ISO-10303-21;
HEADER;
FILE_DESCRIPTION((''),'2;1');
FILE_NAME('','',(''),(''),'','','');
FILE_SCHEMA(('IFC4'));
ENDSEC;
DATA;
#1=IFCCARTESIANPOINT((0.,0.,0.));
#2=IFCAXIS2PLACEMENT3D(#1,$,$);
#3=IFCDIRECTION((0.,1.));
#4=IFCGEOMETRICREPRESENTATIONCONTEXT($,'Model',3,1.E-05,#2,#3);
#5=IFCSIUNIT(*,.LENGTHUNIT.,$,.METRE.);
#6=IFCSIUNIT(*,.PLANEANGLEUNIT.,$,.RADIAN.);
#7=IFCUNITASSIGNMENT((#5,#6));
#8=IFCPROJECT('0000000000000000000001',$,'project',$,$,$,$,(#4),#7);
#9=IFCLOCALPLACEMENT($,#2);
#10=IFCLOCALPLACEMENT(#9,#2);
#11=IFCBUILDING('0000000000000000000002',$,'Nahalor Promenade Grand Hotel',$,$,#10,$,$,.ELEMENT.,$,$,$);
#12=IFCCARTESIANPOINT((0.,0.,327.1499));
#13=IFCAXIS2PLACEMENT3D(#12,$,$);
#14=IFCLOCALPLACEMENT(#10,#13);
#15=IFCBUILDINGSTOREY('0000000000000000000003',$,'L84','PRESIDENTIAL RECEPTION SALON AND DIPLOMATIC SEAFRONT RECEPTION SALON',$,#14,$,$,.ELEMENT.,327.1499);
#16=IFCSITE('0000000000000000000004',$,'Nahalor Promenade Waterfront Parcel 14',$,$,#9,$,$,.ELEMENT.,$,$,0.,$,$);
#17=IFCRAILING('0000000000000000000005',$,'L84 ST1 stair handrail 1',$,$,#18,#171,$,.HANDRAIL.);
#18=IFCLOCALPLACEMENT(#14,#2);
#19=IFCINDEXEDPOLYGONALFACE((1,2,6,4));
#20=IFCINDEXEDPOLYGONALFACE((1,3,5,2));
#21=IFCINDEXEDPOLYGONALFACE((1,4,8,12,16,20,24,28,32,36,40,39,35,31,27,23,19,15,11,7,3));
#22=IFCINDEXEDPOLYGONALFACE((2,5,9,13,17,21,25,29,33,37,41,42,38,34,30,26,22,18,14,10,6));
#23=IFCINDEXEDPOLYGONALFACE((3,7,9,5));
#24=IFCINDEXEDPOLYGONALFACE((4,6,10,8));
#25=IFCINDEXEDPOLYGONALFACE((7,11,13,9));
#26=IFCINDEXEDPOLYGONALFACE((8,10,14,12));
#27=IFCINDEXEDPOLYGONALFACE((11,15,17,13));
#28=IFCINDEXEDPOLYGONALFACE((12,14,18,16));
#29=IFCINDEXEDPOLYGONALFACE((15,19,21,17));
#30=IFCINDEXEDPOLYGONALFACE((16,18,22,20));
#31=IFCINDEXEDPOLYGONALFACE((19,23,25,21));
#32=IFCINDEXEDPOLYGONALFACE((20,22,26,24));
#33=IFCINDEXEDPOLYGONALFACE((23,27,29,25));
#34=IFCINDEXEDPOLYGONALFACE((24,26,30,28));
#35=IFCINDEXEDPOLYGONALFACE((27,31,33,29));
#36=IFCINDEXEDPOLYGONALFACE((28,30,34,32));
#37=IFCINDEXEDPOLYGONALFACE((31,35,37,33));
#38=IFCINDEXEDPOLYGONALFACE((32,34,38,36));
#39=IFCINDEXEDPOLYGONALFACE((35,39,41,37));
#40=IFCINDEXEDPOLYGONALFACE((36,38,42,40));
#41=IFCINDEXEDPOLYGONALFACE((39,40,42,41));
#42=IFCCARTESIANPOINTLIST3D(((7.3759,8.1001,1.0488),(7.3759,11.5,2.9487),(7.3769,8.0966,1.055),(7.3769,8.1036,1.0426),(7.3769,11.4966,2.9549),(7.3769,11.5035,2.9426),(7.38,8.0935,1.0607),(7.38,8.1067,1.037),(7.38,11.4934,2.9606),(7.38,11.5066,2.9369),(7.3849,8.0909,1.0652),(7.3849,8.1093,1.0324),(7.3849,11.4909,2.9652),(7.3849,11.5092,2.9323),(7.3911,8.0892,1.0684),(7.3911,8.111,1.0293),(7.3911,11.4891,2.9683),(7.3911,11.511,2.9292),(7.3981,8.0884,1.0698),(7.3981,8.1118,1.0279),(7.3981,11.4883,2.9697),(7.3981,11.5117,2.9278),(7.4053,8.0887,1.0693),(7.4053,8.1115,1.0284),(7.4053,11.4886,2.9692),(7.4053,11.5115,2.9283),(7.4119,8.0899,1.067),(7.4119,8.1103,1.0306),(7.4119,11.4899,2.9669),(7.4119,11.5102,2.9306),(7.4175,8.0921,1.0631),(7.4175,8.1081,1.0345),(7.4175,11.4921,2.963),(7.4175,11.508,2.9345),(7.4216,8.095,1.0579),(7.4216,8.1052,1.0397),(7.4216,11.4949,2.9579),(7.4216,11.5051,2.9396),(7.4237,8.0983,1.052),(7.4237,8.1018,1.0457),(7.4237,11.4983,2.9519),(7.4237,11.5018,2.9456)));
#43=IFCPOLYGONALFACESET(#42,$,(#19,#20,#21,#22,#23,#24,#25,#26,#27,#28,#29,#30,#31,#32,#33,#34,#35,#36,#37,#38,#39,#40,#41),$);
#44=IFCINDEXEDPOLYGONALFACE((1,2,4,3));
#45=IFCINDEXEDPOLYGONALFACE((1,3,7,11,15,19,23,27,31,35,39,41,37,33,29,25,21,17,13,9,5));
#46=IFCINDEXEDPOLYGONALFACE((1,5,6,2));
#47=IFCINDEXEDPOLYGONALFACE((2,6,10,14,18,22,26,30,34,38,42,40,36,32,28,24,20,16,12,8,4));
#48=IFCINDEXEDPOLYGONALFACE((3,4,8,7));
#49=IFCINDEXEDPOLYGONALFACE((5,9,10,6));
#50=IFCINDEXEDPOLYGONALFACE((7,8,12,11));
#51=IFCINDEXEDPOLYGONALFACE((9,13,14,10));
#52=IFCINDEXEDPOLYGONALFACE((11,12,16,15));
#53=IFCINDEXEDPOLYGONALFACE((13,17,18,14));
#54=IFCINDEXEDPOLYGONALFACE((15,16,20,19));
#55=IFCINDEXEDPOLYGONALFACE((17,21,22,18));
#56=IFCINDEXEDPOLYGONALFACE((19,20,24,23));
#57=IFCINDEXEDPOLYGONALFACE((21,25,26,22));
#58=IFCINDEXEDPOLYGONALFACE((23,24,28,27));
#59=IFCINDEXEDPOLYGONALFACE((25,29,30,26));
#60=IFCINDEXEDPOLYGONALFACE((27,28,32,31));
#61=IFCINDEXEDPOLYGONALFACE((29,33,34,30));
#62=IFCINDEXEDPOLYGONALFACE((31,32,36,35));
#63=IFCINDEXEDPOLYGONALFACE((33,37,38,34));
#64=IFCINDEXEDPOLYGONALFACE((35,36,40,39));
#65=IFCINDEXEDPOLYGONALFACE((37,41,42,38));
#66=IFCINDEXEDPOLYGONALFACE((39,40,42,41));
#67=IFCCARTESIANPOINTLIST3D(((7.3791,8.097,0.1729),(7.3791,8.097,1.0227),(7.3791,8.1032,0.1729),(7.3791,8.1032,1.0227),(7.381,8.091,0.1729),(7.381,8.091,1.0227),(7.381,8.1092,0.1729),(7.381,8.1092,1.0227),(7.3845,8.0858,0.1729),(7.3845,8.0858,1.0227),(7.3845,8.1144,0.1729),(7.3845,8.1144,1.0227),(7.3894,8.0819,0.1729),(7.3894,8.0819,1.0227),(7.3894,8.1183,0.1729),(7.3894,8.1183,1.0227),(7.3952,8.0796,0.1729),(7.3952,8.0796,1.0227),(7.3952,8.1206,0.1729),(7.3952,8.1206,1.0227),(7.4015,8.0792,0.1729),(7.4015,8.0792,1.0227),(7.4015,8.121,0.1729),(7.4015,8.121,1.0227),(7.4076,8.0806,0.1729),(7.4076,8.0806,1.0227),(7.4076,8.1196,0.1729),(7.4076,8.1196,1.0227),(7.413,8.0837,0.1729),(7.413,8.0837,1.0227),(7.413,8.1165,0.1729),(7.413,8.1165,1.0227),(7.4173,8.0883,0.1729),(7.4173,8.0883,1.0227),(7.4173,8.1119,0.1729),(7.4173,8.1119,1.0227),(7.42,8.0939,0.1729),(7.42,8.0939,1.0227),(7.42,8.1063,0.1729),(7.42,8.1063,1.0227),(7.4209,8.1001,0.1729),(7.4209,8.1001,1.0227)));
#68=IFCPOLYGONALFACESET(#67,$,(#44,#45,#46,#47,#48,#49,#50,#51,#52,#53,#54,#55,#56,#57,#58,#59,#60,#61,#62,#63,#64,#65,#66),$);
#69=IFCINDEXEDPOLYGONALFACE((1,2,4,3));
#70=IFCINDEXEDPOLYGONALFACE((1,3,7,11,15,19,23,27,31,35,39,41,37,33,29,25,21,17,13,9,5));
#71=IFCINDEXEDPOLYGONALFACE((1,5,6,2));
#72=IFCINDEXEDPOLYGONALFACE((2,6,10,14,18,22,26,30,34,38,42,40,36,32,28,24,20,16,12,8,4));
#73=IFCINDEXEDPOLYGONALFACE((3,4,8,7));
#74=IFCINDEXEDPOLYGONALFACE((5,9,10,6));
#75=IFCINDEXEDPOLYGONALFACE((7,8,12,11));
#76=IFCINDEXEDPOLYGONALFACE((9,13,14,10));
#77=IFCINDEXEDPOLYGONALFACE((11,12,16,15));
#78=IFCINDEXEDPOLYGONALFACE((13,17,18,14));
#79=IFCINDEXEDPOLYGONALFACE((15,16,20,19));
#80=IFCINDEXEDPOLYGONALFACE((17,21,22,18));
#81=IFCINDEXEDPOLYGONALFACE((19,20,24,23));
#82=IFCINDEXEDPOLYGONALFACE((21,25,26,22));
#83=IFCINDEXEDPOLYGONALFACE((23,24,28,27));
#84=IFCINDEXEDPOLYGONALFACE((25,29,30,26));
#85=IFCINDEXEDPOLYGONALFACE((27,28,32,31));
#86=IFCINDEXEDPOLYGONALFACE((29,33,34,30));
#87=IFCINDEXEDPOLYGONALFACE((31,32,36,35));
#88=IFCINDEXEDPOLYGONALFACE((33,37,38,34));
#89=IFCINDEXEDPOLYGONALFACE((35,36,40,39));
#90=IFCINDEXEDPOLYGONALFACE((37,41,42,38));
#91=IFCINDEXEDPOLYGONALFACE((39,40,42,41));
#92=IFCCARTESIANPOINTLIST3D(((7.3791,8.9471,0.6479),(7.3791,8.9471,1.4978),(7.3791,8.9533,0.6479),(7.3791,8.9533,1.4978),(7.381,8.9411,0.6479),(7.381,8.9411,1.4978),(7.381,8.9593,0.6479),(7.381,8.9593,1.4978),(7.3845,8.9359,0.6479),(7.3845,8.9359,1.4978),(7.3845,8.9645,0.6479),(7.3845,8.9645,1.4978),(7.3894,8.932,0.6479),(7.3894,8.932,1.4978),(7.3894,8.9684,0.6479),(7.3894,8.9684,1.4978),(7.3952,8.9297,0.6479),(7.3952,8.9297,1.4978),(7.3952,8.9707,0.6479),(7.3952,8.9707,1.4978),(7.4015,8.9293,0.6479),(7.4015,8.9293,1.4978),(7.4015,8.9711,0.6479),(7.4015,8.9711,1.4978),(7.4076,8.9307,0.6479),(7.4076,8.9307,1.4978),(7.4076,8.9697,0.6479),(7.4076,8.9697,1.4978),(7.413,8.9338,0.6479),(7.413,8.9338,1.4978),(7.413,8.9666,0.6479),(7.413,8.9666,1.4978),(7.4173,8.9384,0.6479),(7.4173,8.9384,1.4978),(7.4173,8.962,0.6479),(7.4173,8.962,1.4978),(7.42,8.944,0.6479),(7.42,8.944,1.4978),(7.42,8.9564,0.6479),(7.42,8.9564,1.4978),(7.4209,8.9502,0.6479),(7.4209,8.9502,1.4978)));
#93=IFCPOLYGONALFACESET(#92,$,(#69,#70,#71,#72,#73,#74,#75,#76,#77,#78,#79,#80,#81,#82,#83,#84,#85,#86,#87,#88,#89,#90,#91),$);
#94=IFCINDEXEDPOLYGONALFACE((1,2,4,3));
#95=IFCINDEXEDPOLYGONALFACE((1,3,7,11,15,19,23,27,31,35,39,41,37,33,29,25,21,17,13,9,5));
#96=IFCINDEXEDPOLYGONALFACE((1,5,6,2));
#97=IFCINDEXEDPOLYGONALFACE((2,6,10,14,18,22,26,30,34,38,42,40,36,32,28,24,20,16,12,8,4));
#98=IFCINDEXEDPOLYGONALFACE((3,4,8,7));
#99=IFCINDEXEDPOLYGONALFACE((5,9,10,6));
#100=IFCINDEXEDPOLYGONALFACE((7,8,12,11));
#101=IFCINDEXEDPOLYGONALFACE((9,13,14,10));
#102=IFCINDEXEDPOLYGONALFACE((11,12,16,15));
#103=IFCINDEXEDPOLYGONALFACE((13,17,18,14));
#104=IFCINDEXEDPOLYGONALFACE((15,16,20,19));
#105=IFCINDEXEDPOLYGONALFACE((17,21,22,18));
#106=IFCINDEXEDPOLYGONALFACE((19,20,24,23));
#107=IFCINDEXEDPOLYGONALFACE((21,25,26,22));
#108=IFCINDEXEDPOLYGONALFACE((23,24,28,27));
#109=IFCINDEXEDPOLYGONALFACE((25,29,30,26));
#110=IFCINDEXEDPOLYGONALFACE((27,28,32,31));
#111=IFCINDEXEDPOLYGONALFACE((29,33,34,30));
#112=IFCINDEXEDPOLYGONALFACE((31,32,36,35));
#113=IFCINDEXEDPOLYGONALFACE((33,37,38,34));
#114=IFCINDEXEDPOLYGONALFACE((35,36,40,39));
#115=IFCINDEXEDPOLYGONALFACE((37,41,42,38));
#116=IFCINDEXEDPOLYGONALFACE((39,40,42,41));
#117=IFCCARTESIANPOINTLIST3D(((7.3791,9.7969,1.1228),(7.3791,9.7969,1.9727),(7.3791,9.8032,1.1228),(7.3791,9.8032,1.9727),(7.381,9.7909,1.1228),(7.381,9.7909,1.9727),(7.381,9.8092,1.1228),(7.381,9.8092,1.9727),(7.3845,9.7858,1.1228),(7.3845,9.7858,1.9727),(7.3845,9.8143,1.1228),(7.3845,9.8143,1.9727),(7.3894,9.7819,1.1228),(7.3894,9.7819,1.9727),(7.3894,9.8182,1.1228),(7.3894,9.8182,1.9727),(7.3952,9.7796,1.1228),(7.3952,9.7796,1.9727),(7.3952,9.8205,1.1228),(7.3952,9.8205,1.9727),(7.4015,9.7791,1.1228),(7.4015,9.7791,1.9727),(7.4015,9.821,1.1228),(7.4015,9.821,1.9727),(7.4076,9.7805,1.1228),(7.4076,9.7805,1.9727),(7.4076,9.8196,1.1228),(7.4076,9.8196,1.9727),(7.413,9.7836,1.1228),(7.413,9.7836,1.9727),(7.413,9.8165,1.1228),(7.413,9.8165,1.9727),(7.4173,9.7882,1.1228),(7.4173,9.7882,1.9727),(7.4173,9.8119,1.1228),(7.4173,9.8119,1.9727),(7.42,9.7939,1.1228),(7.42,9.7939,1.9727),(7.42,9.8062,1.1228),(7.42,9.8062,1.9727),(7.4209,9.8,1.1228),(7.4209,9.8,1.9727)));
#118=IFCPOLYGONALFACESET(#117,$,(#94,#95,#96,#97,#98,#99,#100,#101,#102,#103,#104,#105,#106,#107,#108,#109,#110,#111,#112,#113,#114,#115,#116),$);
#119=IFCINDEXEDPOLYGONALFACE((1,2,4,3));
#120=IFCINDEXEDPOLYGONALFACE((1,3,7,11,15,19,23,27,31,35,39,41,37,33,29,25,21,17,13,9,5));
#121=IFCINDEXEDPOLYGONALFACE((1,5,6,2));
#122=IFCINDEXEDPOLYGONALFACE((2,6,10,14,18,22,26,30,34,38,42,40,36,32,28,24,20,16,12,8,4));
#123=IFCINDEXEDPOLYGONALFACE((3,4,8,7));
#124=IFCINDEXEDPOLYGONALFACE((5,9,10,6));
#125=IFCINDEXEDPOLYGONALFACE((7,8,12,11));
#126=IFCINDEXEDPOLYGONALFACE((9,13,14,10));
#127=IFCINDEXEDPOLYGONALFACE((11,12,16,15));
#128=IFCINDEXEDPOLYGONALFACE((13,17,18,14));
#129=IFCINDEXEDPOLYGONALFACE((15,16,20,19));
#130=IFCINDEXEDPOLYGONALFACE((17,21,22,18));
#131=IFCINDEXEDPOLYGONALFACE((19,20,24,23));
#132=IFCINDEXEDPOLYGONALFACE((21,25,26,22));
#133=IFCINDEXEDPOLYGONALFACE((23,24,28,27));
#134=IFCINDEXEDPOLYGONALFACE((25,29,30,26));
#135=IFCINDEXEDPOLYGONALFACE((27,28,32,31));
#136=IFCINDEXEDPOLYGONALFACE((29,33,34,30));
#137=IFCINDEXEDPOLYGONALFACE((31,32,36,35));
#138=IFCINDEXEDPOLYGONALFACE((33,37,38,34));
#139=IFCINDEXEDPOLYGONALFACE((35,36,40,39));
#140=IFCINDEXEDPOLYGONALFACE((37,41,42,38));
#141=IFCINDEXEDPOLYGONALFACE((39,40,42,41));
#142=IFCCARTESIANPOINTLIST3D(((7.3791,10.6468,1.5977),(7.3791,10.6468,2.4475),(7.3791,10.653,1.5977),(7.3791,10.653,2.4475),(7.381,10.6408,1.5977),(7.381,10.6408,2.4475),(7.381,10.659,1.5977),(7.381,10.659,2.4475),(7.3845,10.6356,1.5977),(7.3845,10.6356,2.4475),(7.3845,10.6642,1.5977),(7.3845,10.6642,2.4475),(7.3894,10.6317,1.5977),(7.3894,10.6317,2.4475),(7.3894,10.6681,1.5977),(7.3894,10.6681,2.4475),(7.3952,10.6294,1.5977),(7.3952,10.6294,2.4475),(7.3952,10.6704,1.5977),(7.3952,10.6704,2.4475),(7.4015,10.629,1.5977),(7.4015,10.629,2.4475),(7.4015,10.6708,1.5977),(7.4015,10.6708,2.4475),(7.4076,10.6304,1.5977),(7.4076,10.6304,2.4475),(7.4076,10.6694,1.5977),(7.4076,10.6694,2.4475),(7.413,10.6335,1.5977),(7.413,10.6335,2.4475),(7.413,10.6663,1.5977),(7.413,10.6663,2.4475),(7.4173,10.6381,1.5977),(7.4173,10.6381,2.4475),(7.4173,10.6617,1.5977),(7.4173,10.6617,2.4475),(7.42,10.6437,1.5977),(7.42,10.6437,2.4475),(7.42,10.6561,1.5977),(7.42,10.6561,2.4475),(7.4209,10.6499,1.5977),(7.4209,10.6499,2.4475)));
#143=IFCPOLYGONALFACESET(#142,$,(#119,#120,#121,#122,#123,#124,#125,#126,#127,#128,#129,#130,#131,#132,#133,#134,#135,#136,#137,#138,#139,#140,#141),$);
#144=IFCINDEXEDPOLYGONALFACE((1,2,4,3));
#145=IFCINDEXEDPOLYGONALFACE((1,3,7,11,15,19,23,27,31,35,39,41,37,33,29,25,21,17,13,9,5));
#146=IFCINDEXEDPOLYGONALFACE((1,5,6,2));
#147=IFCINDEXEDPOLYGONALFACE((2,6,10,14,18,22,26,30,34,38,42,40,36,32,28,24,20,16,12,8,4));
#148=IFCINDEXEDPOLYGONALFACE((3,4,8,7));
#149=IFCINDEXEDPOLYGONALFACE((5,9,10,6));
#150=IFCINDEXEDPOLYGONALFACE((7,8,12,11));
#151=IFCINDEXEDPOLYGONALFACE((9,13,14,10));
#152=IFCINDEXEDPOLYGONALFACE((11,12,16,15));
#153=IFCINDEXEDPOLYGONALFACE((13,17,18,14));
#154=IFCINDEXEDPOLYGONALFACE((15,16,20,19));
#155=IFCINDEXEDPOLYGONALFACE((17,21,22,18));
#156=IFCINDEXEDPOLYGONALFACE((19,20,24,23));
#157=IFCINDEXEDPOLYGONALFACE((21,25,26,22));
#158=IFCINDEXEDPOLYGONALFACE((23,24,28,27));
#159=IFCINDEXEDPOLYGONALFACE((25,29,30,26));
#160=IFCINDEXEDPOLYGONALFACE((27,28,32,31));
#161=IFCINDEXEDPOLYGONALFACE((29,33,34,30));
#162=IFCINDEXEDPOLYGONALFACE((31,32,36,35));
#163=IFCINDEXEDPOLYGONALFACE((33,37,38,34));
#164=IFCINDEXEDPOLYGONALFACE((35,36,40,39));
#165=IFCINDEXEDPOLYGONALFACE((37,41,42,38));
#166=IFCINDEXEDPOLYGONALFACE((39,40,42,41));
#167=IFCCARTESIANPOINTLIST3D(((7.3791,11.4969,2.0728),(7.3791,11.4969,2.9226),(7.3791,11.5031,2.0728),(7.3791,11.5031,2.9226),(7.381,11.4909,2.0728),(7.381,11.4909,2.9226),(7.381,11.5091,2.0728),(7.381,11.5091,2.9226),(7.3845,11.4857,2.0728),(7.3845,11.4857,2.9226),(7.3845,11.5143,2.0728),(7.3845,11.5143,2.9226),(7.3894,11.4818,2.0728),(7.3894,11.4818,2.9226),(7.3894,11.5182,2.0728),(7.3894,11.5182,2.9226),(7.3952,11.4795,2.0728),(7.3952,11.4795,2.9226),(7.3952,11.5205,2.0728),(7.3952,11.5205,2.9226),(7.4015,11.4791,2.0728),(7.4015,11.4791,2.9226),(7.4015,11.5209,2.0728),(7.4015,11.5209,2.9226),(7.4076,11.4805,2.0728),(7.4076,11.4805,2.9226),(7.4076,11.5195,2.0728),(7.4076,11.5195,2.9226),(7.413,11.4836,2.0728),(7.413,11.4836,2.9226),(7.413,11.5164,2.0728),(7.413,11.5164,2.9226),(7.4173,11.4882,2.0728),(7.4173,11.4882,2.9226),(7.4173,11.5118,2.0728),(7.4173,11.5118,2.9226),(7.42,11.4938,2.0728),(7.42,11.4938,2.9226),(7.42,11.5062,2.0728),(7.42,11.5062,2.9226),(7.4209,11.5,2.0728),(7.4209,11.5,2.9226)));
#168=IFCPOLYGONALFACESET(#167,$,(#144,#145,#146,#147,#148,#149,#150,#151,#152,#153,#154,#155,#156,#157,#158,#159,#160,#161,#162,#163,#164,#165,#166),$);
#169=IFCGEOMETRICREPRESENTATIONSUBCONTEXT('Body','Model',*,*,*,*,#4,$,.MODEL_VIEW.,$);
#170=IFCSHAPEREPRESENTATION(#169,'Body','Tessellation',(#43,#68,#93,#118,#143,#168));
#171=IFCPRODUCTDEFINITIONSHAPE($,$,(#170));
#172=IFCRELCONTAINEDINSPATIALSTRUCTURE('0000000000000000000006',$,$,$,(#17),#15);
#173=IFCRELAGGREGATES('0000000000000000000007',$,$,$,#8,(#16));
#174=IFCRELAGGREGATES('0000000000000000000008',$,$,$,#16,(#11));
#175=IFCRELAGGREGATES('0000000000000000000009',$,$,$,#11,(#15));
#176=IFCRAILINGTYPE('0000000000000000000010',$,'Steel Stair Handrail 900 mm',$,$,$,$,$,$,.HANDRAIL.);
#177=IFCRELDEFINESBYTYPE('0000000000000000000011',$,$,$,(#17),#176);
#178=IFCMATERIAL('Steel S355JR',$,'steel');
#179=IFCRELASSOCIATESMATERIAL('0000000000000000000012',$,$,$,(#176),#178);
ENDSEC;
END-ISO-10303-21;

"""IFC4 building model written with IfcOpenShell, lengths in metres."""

from ifc_helpers import new_model, si_unit, direction, frame, origin, origin_2d, place, context, subcontext, project, spatial, circle, extrude, material, type_object, element, save


model = new_model("IFC4")

# Units and contexts
model_context = context("Model", 3, precision=1e-05, world=origin(), true_north=direction((0.0, 1.0)))
body_context = subcontext(model_context, "Body", "Model", "MODEL_VIEW")
ifc_project = project(units=[si_unit("LENGTHUNIT", "METRE"), si_unit("PLANEANGLEUNIT", "RADIAN")], contexts=[model_context])

# Site, building, storey
site_placement = place(None, origin())
site = spatial("IfcSite", under=ifc_project, at=site_placement, Name="Nahalor Promenade Waterfront Parcel 14", CompositionType="ELEMENT", RefElevation=0.0)
building_placement = place(site_placement, origin())
building = spatial("IfcBuilding", under=site, at=building_placement, Name="Nahalor Promenade Grand Hotel", CompositionType="ELEMENT")
storey_placement = place(building_placement, frame((0.0, 0.0, 327.1499)))
storey = spatial("IfcBuildingStorey", under=building, at=storey_placement, Name="L84", Description="PRESIDENTIAL RECEPTION SALON AND DIPLOMATIC SEAFRONT RECEPTION SALON", CompositionType="ELEMENT", Elevation=327.1499)

# Shared definitions
ifc_material_1 = material(Name="Steel S355JR", Category="steel")

# Railing
railing_type_1 = type_object("IfcRailingType", Name="Steel Stair Handrail 900 mm", PredefinedType="HANDRAIL", material=ifc_material_1)
railing_1_placement = place(storey_placement, frame((7.3999, 8.1001, 0.1729)))
element("IfcRailing", 1, at=railing_1_placement, inside=storey, type_object=railing_type_1, Name="L84 ST1 stair handrail 1", PredefinedType="HANDRAIL", context=body_context, shape_type="SweptSolid", body=[
    extrude(circle(Radius=0.024, at=origin_2d()), frame((0.0, 0.0, 0.876), z_axis=(0.0, 0.872948, 0.487813), x_axis=(-1.0, 0.0, 0.0)), (0.0, 0.0, 1.0), 3.8948),
    extrude(circle(Radius=0.021, at=origin_2d()), origin(), (0.0, 0.0, 1.0), 0.8499),
    extrude(circle(Radius=0.021, at=origin_2d()), frame((0.0, 0.8501, 0.4751)), (0.0, 0.0, 1.0), 0.8499),
    extrude(circle(Radius=0.021, at=origin_2d()), frame((0.0, 1.7, 0.95)), (0.0, 0.0, 1.0), 0.8499),
    extrude(circle(Radius=0.021, at=origin_2d()), frame((0.0, 2.5498, 1.4248)), (0.0, 0.0, 1.0), 0.8499),
    extrude(circle(Radius=0.021, at=origin_2d()), frame((0.0, 3.3999, 1.8999)), (0.0, 0.0, 1.0), 0.8499),
])

save(model, "model.ifc")
